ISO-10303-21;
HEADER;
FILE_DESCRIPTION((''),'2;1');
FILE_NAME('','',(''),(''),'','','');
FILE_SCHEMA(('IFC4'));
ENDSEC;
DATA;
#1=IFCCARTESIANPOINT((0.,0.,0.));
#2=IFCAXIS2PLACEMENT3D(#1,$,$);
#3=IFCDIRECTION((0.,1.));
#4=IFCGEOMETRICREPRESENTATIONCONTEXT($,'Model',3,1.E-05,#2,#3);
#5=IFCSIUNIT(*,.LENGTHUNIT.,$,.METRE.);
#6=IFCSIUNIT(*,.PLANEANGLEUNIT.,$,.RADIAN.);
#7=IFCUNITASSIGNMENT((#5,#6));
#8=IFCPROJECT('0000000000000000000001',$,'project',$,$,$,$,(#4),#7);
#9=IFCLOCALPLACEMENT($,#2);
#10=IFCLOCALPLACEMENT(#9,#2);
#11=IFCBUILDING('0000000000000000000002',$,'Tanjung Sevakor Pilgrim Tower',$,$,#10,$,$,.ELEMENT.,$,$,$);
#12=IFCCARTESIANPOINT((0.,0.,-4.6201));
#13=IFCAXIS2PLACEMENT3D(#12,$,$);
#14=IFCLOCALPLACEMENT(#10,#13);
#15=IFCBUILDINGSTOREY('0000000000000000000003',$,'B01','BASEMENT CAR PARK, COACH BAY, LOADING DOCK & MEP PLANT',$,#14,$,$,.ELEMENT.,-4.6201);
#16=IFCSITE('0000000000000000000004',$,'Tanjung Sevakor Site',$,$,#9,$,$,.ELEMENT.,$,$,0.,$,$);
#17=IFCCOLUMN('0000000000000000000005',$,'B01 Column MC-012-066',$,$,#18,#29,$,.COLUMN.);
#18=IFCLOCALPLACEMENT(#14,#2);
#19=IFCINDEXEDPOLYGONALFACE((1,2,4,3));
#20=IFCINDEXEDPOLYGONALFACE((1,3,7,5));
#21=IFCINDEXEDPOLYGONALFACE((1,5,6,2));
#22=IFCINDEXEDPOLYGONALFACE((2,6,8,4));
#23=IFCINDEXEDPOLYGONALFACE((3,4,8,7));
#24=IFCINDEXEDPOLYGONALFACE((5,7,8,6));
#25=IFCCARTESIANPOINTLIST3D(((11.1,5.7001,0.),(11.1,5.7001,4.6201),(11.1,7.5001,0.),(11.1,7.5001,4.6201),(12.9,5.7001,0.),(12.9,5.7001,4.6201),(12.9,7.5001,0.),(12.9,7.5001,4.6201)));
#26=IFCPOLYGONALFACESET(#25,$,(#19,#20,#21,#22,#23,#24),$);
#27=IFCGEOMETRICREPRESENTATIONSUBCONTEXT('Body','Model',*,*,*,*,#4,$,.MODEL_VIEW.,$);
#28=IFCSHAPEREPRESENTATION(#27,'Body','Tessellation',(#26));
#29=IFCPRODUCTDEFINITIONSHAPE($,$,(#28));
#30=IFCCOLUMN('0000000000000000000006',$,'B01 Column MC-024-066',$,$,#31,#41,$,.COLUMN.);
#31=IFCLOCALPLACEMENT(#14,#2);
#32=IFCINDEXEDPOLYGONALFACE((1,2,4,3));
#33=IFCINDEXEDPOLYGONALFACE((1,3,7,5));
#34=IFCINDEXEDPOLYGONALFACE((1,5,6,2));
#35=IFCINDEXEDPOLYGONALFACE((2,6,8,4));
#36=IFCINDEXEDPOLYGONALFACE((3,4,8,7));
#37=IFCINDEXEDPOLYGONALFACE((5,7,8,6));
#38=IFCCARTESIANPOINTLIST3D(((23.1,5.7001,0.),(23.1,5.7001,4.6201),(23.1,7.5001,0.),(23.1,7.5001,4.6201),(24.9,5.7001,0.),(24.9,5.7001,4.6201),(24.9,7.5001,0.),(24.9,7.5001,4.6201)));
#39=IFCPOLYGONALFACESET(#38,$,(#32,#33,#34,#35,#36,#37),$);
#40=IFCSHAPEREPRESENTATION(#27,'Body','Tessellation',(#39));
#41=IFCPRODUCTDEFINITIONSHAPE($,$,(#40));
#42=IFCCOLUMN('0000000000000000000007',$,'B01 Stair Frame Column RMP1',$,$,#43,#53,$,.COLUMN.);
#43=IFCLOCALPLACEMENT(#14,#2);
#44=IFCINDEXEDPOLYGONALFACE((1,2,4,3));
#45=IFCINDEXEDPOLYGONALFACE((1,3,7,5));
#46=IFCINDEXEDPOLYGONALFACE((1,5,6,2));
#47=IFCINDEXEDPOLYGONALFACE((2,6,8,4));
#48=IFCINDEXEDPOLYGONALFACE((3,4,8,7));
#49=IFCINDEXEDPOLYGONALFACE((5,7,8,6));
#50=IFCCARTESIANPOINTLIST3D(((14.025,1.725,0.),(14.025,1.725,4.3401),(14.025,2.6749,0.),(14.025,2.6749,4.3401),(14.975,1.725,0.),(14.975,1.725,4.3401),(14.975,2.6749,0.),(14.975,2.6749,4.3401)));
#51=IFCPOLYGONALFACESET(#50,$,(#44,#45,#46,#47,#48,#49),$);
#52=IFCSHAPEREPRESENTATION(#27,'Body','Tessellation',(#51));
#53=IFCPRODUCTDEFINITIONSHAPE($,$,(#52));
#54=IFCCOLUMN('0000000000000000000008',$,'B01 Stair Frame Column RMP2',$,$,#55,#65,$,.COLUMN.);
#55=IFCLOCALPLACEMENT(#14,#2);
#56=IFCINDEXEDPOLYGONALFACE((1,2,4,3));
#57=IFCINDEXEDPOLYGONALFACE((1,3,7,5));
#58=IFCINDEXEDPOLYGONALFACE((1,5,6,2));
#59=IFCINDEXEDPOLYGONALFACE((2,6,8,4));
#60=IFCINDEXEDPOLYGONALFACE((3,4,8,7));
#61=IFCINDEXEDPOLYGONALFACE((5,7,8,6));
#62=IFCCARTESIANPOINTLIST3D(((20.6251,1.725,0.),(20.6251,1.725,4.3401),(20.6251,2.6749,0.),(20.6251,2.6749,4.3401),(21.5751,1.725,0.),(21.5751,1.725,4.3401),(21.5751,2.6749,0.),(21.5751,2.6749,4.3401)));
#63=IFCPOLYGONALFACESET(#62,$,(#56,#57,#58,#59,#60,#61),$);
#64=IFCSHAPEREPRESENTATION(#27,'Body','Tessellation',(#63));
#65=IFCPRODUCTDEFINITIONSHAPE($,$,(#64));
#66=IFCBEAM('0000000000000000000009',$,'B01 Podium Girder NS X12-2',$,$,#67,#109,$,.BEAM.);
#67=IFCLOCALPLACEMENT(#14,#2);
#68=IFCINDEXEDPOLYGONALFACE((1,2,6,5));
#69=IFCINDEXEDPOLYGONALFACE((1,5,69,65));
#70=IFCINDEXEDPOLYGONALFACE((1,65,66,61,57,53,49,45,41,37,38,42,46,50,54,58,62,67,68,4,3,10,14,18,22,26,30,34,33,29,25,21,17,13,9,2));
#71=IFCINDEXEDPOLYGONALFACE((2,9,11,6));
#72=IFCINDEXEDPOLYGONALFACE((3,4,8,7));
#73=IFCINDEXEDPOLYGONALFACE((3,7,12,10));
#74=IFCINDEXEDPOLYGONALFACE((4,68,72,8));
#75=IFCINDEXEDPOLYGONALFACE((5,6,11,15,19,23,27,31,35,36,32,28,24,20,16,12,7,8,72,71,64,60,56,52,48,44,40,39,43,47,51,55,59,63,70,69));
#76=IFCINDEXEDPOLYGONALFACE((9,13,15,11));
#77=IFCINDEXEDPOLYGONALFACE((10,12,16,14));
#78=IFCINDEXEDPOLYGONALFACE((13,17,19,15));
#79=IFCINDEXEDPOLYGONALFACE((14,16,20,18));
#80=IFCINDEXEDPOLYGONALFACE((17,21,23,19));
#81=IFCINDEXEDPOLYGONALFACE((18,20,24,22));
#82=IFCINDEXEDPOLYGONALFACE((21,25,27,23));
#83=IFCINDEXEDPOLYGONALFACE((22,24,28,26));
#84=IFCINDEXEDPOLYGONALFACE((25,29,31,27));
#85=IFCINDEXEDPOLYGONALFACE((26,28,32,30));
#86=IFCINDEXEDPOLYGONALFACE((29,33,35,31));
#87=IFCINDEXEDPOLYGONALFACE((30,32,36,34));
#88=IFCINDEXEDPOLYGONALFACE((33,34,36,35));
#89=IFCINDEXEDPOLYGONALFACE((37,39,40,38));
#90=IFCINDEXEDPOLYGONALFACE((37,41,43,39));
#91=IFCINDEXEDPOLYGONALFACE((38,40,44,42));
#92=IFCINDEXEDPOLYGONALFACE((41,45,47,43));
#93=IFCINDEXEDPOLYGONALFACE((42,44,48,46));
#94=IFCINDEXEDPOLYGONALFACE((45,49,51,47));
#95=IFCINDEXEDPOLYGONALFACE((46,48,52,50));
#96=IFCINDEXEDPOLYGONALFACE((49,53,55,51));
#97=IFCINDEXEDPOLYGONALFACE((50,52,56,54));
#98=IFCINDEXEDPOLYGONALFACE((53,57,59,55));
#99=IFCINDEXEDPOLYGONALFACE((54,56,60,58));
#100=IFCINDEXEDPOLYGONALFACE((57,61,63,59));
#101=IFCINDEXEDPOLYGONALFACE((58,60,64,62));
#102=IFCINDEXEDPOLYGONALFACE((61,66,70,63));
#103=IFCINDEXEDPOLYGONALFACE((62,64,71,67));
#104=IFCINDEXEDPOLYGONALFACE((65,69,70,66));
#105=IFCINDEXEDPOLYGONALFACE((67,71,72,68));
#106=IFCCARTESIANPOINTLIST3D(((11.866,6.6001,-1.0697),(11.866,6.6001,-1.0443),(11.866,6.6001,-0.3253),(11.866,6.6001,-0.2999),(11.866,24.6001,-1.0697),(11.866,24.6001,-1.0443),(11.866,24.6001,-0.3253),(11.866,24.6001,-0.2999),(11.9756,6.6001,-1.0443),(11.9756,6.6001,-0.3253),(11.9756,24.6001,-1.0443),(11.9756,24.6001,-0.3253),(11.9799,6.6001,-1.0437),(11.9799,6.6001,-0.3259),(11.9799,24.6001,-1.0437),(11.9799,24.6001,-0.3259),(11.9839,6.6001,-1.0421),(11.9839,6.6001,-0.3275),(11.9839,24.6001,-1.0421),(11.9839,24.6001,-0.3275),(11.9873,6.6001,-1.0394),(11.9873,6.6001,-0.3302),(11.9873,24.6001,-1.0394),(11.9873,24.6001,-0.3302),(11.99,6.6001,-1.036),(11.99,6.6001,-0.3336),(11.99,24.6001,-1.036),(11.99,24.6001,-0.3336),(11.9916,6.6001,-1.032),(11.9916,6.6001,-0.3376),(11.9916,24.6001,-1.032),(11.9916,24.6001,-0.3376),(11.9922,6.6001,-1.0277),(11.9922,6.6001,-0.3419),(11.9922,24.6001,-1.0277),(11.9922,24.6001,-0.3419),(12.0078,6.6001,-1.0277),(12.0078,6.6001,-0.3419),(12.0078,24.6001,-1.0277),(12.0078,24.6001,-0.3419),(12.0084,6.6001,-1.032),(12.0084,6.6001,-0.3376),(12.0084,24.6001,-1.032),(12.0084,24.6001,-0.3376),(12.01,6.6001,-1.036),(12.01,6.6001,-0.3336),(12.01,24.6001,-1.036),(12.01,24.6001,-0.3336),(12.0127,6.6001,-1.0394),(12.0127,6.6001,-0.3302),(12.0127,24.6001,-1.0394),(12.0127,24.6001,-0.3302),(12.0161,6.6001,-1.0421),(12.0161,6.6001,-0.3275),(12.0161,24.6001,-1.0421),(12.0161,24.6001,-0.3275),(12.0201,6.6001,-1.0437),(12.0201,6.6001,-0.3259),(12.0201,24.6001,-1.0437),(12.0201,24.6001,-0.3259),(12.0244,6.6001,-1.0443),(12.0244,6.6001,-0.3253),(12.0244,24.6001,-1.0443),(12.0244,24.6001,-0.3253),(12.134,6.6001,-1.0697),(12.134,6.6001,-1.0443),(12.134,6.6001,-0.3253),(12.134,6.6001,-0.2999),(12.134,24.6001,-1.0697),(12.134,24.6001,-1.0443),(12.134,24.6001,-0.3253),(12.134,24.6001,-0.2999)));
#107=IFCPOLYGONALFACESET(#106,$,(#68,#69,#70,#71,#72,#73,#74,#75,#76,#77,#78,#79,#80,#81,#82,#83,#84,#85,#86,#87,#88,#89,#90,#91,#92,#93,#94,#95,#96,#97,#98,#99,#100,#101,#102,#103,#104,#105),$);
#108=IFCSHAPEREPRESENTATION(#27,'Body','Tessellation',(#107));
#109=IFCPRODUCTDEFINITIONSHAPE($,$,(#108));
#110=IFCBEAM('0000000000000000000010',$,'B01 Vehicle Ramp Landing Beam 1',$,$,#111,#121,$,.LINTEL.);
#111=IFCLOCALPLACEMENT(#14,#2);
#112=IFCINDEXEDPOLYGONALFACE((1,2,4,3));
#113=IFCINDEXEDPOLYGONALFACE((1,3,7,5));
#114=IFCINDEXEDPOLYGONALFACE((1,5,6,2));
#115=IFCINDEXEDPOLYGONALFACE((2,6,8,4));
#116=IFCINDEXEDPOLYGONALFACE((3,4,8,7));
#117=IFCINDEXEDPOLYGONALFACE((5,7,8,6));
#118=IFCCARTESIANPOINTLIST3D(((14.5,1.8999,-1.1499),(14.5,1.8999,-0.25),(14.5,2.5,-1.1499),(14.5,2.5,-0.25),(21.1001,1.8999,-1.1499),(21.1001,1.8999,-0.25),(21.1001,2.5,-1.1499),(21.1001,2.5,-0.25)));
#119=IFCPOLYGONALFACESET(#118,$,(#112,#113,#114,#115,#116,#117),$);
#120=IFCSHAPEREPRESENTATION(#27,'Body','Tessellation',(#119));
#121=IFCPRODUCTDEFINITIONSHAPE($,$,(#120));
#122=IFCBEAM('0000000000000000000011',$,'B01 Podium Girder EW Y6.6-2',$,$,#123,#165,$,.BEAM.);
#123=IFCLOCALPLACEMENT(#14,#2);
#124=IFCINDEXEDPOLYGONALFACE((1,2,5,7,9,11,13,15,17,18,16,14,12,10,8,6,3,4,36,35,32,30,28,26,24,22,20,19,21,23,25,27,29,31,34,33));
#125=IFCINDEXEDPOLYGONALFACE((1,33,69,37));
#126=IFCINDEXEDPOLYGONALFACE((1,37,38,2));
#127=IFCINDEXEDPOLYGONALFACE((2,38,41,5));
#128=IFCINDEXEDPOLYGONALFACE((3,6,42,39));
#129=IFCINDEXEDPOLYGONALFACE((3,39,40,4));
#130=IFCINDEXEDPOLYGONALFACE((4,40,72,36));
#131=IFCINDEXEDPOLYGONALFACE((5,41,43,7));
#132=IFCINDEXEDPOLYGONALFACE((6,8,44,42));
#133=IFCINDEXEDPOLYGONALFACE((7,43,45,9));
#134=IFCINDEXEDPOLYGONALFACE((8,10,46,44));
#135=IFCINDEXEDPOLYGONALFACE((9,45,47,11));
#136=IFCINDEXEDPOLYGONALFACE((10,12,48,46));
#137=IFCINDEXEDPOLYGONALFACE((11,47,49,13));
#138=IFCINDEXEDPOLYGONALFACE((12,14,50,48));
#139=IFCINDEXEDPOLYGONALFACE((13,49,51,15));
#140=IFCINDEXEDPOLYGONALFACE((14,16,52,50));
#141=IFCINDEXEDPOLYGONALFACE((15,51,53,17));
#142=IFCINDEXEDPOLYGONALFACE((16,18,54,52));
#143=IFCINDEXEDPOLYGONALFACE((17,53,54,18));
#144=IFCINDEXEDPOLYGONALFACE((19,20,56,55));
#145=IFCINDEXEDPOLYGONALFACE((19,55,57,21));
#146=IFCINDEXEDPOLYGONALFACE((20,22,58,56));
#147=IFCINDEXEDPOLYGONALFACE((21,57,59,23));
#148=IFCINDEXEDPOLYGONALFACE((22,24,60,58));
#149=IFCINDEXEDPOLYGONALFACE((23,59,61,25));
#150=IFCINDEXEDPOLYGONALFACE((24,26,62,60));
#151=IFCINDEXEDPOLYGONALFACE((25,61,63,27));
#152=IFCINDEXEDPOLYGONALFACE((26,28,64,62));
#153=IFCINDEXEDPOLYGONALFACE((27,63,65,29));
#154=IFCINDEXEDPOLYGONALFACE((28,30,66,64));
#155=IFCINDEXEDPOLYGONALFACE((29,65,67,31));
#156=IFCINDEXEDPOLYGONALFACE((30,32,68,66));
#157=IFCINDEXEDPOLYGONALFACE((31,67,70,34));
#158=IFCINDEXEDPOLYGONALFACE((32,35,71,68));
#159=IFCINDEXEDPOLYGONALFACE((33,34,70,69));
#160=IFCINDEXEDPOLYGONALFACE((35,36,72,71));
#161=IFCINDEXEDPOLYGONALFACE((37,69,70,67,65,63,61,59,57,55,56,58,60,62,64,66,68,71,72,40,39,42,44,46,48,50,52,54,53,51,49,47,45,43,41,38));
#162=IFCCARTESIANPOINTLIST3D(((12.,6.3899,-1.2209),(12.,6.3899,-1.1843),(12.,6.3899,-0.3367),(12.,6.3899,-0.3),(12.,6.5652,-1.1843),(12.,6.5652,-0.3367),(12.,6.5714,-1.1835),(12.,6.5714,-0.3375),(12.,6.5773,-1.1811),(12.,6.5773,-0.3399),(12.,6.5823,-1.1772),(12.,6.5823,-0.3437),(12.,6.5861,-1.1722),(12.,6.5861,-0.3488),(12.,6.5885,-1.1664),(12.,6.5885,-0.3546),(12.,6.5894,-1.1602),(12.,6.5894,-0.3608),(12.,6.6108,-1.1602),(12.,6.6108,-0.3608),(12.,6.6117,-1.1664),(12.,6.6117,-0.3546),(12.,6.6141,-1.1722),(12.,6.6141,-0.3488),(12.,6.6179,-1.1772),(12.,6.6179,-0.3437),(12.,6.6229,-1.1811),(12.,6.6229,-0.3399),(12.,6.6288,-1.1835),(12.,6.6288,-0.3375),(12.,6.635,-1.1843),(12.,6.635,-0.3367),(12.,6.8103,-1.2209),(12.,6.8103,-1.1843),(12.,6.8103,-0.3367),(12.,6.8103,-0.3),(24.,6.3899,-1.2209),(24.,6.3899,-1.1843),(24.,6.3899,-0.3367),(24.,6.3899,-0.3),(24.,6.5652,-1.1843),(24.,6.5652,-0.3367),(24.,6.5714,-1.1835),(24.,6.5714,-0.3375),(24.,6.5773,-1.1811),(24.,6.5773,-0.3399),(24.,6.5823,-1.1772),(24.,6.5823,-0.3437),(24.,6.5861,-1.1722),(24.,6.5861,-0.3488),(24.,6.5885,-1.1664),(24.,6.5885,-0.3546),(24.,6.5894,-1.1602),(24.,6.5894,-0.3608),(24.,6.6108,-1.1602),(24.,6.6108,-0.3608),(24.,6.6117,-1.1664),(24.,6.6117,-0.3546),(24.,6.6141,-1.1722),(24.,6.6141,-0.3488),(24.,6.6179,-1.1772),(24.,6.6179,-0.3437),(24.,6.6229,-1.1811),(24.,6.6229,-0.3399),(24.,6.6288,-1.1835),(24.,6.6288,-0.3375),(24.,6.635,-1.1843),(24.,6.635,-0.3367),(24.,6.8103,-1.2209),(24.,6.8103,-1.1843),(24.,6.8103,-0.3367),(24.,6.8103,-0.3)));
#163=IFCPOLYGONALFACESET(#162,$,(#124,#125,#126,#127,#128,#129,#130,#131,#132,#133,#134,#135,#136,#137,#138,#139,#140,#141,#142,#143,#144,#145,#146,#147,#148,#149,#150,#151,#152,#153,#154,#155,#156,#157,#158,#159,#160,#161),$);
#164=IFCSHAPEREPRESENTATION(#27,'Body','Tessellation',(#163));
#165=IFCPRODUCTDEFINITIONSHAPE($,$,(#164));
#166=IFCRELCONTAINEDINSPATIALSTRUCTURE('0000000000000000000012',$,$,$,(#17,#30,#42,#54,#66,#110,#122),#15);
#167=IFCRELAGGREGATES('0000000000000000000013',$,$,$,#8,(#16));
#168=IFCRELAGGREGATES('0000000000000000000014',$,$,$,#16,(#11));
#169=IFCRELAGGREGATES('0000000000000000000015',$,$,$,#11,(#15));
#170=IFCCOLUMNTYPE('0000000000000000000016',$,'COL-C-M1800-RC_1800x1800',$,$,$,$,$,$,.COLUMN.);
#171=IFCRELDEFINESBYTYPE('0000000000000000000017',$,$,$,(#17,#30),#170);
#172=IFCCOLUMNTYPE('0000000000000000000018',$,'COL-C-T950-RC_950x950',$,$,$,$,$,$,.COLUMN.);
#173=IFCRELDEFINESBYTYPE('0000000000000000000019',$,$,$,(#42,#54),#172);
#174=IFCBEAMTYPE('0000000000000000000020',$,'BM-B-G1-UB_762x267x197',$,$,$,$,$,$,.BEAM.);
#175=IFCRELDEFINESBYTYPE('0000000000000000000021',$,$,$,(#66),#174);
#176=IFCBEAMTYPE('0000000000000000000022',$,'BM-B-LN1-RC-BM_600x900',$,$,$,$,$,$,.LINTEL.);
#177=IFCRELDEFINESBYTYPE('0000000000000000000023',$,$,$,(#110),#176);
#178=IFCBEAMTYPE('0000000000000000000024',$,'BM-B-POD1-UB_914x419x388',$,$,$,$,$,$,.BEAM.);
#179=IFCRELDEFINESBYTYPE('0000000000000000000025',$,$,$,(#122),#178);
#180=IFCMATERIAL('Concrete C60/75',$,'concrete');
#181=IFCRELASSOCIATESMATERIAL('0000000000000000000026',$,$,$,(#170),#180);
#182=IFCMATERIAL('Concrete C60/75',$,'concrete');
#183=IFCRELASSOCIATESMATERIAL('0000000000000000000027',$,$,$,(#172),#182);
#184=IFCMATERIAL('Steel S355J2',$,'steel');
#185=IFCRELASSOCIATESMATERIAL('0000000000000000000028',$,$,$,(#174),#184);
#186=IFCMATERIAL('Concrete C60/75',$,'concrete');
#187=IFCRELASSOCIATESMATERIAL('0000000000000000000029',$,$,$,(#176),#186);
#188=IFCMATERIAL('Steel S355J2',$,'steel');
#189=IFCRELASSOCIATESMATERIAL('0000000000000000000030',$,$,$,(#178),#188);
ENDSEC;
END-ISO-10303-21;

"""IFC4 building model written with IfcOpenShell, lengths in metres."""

from ifc_helpers import new_model, si_unit, direction, frame, origin, origin_2d, place, context, subcontext, project, spatial, rectangle, i_section, extrude, material, material_profile, profile_set, type_object, element, save


model = new_model("IFC4")

# Units and contexts
model_context = context("Model", 3, precision=1e-05, world=origin(), true_north=direction((0.0, 1.0)))
body_context = subcontext(model_context, "Body", "Model", "MODEL_VIEW")
ifc_project = project(units=[si_unit("LENGTHUNIT", "METRE"), si_unit("PLANEANGLEUNIT", "RADIAN")], contexts=[model_context])

# Site, building, storey
site_placement = place(None, origin())
site = spatial("IfcSite", under=ifc_project, at=site_placement, Name="Tanjung Sevakor Site", CompositionType="ELEMENT", RefElevation=0.0)
building_placement = place(site_placement, origin())
building = spatial("IfcBuilding", under=site, at=building_placement, Name="Tanjung Sevakor Pilgrim Tower", CompositionType="ELEMENT")
storey_placement = place(building_placement, frame((0.0, 0.0, -4.6201)))
storey = spatial("IfcBuildingStorey", under=building, at=storey_placement, Name="B01", Description="BASEMENT CAR PARK, COACH BAY, LOADING DOCK & MEP PLANT", CompositionType="ELEMENT", Elevation=-4.6201)

# Columns
ifc_material_1 = material(Name="Concrete C60/75", Category="concrete")
ifc_material_profile_1 = material_profile(ifc_material_1, rectangle(XDim=1.8, YDim=1.8, at=origin_2d()))
ifc_profile_set_1 = profile_set([ifc_material_profile_1], Name="Concrete C60/75")
column_type_1 = type_object("IfcColumnType", Name="COL-C-M1800-RC_1800x1800", PredefinedType="COLUMN", material=ifc_profile_set_1)
for number, where, z_axis, x_axis, name in (
    (1, (12.0, 6.6001, 0.0), (0.0, 0.0, 1.0), (1.0, 0.0, 0.0), "B01 Column MC-012-066"),
    (2, (24.0, 6.6001, 0.0), (0.0, 0.0, 1.0), (1.0, 0.0, 0.0), "B01 Column MC-024-066"),
):
    element("IfcColumn", number, at=place(storey_placement, frame(where, z_axis=z_axis, x_axis=x_axis)), inside=storey, type_object=column_type_1, Name=name, PredefinedType="COLUMN", context=body_context, shape_type="SweptSolid", body=[
        extrude(rectangle(XDim=1.8, YDim=1.8, at=origin_2d()), origin(), (0.0, 0.0, 1.0), 4.6201),
    ])
ifc_material_2 = material(Name="Concrete C60/75", Category="concrete")
ifc_material_profile_2 = material_profile(ifc_material_2, rectangle(XDim=0.95, YDim=0.95, at=origin_2d()))
ifc_profile_set_2 = profile_set([ifc_material_profile_2], Name="Concrete C60/75")
column_type_2 = type_object("IfcColumnType", Name="COL-C-T950-RC_950x950", PredefinedType="COLUMN", material=ifc_profile_set_2)
for number, where, z_axis, x_axis, name in (
    (3, (14.5, 2.2, 0.0), (0.0, 0.0, 1.0), (1.0, 0.0, 0.0), "B01 Stair Frame Column RMP1"),
    (4, (21.1001, 2.2, 0.0), (0.0, 0.0, 1.0), (1.0, 0.0, 0.0), "B01 Stair Frame Column RMP2"),
):
    element("IfcColumn", number, at=place(storey_placement, frame(where, z_axis=z_axis, x_axis=x_axis)), inside=storey, type_object=column_type_2, Name=name, PredefinedType="COLUMN", context=body_context, shape_type="SweptSolid", body=[
        extrude(rectangle(XDim=0.95, YDim=0.95, at=origin_2d()), origin(), (0.0, 0.0, 1.0), 4.3401),
    ])

# Beams
ifc_material_3 = material(Name="Steel S355J2", Category="steel")
ifc_material_profile_3 = material_profile(ifc_material_3, i_section(OverallWidth=0.2681, OverallDepth=0.7698, WebThickness=0.0156, FlangeThickness=0.0254, FilletRadius=0.0166, at=origin_2d()))
ifc_profile_set_3 = profile_set([ifc_material_profile_3], Name="Steel S355J2")
beam_type_1 = type_object("IfcBeamType", Name="BM-B-G1-UB_762x267x197", PredefinedType="BEAM", material=ifc_profile_set_3)
beam_1_placement = place(storey_placement, frame((12.0, 6.6001, -0.6848), z_axis=(0.0, 1.0, 0.0), x_axis=(-1.0, 0.0, 0.0)))
element("IfcBeam", 5, at=beam_1_placement, inside=storey, type_object=beam_type_1, Name="B01 Podium Girder NS X12-2", PredefinedType="BEAM", context=body_context, shape_type="SweptSolid", body=[
    extrude(i_section(OverallWidth=0.2681, OverallDepth=0.7698, WebThickness=0.0156, FlangeThickness=0.0254, FilletRadius=0.0166, at=origin_2d()), origin(), (0.0, 0.0, 1.0), 18.0),
])
ifc_material_4 = material(Name="Concrete C60/75", Category="concrete")
ifc_material_profile_4 = material_profile(ifc_material_4, rectangle(XDim=0.6001, YDim=0.8999, at=origin_2d()))
ifc_profile_set_4 = profile_set([ifc_material_profile_4], Name="Concrete C60/75")
beam_type_2 = type_object("IfcBeamType", Name="BM-B-LN1-RC-BM_600x900", PredefinedType="LINTEL", material=ifc_profile_set_4)
beam_2_placement = place(storey_placement, frame((14.5, 2.2, -0.7), z_axis=(1.0, 0.0, 0.0), x_axis=(0.0, 1.0, 0.0)))
element("IfcBeam", 6, at=beam_2_placement, inside=storey, type_object=beam_type_2, Name="B01 Vehicle Ramp Landing Beam 1", PredefinedType="LINTEL", context=body_context, shape_type="SweptSolid", body=[
    extrude(rectangle(XDim=0.6001, YDim=0.8999, at=origin_2d()), origin(), (0.0, 0.0, 1.0), 6.6001),
])
ifc_material_5 = material(Name="Steel S355J2", Category="steel")
ifc_material_profile_5 = material_profile(ifc_material_5, i_section(OverallWidth=0.4204, OverallDepth=0.9209, WebThickness=0.0215, FlangeThickness=0.0366, FilletRadius=0.0242, at=origin_2d()))
ifc_profile_set_5 = profile_set([ifc_material_profile_5], Name="Steel S355J2")
beam_type_3 = type_object("IfcBeamType", Name="BM-B-POD1-UB_914x419x388", PredefinedType="BEAM", material=ifc_profile_set_5)
for number, where, z_axis, x_axis, name in (
    (7, (12.0, 6.6001, -0.7605), (1.0, 0.0, 0.0), (0.0, 1.0, 0.0), "B01 Podium Girder EW Y6.6-2"),
):
    element("IfcBeam", number, at=place(storey_placement, frame(where, z_axis=z_axis, x_axis=x_axis)), inside=storey, type_object=beam_type_3, Name=name, PredefinedType="BEAM", context=body_context, shape_type="SweptSolid", body=[
        extrude(i_section(OverallWidth=0.4204, OverallDepth=0.9209, WebThickness=0.0215, FlangeThickness=0.0366, FilletRadius=0.0242, at=origin_2d()), origin(), (0.0, 0.0, 1.0), 12.0),
    ])

save(model, "model.ifc")
